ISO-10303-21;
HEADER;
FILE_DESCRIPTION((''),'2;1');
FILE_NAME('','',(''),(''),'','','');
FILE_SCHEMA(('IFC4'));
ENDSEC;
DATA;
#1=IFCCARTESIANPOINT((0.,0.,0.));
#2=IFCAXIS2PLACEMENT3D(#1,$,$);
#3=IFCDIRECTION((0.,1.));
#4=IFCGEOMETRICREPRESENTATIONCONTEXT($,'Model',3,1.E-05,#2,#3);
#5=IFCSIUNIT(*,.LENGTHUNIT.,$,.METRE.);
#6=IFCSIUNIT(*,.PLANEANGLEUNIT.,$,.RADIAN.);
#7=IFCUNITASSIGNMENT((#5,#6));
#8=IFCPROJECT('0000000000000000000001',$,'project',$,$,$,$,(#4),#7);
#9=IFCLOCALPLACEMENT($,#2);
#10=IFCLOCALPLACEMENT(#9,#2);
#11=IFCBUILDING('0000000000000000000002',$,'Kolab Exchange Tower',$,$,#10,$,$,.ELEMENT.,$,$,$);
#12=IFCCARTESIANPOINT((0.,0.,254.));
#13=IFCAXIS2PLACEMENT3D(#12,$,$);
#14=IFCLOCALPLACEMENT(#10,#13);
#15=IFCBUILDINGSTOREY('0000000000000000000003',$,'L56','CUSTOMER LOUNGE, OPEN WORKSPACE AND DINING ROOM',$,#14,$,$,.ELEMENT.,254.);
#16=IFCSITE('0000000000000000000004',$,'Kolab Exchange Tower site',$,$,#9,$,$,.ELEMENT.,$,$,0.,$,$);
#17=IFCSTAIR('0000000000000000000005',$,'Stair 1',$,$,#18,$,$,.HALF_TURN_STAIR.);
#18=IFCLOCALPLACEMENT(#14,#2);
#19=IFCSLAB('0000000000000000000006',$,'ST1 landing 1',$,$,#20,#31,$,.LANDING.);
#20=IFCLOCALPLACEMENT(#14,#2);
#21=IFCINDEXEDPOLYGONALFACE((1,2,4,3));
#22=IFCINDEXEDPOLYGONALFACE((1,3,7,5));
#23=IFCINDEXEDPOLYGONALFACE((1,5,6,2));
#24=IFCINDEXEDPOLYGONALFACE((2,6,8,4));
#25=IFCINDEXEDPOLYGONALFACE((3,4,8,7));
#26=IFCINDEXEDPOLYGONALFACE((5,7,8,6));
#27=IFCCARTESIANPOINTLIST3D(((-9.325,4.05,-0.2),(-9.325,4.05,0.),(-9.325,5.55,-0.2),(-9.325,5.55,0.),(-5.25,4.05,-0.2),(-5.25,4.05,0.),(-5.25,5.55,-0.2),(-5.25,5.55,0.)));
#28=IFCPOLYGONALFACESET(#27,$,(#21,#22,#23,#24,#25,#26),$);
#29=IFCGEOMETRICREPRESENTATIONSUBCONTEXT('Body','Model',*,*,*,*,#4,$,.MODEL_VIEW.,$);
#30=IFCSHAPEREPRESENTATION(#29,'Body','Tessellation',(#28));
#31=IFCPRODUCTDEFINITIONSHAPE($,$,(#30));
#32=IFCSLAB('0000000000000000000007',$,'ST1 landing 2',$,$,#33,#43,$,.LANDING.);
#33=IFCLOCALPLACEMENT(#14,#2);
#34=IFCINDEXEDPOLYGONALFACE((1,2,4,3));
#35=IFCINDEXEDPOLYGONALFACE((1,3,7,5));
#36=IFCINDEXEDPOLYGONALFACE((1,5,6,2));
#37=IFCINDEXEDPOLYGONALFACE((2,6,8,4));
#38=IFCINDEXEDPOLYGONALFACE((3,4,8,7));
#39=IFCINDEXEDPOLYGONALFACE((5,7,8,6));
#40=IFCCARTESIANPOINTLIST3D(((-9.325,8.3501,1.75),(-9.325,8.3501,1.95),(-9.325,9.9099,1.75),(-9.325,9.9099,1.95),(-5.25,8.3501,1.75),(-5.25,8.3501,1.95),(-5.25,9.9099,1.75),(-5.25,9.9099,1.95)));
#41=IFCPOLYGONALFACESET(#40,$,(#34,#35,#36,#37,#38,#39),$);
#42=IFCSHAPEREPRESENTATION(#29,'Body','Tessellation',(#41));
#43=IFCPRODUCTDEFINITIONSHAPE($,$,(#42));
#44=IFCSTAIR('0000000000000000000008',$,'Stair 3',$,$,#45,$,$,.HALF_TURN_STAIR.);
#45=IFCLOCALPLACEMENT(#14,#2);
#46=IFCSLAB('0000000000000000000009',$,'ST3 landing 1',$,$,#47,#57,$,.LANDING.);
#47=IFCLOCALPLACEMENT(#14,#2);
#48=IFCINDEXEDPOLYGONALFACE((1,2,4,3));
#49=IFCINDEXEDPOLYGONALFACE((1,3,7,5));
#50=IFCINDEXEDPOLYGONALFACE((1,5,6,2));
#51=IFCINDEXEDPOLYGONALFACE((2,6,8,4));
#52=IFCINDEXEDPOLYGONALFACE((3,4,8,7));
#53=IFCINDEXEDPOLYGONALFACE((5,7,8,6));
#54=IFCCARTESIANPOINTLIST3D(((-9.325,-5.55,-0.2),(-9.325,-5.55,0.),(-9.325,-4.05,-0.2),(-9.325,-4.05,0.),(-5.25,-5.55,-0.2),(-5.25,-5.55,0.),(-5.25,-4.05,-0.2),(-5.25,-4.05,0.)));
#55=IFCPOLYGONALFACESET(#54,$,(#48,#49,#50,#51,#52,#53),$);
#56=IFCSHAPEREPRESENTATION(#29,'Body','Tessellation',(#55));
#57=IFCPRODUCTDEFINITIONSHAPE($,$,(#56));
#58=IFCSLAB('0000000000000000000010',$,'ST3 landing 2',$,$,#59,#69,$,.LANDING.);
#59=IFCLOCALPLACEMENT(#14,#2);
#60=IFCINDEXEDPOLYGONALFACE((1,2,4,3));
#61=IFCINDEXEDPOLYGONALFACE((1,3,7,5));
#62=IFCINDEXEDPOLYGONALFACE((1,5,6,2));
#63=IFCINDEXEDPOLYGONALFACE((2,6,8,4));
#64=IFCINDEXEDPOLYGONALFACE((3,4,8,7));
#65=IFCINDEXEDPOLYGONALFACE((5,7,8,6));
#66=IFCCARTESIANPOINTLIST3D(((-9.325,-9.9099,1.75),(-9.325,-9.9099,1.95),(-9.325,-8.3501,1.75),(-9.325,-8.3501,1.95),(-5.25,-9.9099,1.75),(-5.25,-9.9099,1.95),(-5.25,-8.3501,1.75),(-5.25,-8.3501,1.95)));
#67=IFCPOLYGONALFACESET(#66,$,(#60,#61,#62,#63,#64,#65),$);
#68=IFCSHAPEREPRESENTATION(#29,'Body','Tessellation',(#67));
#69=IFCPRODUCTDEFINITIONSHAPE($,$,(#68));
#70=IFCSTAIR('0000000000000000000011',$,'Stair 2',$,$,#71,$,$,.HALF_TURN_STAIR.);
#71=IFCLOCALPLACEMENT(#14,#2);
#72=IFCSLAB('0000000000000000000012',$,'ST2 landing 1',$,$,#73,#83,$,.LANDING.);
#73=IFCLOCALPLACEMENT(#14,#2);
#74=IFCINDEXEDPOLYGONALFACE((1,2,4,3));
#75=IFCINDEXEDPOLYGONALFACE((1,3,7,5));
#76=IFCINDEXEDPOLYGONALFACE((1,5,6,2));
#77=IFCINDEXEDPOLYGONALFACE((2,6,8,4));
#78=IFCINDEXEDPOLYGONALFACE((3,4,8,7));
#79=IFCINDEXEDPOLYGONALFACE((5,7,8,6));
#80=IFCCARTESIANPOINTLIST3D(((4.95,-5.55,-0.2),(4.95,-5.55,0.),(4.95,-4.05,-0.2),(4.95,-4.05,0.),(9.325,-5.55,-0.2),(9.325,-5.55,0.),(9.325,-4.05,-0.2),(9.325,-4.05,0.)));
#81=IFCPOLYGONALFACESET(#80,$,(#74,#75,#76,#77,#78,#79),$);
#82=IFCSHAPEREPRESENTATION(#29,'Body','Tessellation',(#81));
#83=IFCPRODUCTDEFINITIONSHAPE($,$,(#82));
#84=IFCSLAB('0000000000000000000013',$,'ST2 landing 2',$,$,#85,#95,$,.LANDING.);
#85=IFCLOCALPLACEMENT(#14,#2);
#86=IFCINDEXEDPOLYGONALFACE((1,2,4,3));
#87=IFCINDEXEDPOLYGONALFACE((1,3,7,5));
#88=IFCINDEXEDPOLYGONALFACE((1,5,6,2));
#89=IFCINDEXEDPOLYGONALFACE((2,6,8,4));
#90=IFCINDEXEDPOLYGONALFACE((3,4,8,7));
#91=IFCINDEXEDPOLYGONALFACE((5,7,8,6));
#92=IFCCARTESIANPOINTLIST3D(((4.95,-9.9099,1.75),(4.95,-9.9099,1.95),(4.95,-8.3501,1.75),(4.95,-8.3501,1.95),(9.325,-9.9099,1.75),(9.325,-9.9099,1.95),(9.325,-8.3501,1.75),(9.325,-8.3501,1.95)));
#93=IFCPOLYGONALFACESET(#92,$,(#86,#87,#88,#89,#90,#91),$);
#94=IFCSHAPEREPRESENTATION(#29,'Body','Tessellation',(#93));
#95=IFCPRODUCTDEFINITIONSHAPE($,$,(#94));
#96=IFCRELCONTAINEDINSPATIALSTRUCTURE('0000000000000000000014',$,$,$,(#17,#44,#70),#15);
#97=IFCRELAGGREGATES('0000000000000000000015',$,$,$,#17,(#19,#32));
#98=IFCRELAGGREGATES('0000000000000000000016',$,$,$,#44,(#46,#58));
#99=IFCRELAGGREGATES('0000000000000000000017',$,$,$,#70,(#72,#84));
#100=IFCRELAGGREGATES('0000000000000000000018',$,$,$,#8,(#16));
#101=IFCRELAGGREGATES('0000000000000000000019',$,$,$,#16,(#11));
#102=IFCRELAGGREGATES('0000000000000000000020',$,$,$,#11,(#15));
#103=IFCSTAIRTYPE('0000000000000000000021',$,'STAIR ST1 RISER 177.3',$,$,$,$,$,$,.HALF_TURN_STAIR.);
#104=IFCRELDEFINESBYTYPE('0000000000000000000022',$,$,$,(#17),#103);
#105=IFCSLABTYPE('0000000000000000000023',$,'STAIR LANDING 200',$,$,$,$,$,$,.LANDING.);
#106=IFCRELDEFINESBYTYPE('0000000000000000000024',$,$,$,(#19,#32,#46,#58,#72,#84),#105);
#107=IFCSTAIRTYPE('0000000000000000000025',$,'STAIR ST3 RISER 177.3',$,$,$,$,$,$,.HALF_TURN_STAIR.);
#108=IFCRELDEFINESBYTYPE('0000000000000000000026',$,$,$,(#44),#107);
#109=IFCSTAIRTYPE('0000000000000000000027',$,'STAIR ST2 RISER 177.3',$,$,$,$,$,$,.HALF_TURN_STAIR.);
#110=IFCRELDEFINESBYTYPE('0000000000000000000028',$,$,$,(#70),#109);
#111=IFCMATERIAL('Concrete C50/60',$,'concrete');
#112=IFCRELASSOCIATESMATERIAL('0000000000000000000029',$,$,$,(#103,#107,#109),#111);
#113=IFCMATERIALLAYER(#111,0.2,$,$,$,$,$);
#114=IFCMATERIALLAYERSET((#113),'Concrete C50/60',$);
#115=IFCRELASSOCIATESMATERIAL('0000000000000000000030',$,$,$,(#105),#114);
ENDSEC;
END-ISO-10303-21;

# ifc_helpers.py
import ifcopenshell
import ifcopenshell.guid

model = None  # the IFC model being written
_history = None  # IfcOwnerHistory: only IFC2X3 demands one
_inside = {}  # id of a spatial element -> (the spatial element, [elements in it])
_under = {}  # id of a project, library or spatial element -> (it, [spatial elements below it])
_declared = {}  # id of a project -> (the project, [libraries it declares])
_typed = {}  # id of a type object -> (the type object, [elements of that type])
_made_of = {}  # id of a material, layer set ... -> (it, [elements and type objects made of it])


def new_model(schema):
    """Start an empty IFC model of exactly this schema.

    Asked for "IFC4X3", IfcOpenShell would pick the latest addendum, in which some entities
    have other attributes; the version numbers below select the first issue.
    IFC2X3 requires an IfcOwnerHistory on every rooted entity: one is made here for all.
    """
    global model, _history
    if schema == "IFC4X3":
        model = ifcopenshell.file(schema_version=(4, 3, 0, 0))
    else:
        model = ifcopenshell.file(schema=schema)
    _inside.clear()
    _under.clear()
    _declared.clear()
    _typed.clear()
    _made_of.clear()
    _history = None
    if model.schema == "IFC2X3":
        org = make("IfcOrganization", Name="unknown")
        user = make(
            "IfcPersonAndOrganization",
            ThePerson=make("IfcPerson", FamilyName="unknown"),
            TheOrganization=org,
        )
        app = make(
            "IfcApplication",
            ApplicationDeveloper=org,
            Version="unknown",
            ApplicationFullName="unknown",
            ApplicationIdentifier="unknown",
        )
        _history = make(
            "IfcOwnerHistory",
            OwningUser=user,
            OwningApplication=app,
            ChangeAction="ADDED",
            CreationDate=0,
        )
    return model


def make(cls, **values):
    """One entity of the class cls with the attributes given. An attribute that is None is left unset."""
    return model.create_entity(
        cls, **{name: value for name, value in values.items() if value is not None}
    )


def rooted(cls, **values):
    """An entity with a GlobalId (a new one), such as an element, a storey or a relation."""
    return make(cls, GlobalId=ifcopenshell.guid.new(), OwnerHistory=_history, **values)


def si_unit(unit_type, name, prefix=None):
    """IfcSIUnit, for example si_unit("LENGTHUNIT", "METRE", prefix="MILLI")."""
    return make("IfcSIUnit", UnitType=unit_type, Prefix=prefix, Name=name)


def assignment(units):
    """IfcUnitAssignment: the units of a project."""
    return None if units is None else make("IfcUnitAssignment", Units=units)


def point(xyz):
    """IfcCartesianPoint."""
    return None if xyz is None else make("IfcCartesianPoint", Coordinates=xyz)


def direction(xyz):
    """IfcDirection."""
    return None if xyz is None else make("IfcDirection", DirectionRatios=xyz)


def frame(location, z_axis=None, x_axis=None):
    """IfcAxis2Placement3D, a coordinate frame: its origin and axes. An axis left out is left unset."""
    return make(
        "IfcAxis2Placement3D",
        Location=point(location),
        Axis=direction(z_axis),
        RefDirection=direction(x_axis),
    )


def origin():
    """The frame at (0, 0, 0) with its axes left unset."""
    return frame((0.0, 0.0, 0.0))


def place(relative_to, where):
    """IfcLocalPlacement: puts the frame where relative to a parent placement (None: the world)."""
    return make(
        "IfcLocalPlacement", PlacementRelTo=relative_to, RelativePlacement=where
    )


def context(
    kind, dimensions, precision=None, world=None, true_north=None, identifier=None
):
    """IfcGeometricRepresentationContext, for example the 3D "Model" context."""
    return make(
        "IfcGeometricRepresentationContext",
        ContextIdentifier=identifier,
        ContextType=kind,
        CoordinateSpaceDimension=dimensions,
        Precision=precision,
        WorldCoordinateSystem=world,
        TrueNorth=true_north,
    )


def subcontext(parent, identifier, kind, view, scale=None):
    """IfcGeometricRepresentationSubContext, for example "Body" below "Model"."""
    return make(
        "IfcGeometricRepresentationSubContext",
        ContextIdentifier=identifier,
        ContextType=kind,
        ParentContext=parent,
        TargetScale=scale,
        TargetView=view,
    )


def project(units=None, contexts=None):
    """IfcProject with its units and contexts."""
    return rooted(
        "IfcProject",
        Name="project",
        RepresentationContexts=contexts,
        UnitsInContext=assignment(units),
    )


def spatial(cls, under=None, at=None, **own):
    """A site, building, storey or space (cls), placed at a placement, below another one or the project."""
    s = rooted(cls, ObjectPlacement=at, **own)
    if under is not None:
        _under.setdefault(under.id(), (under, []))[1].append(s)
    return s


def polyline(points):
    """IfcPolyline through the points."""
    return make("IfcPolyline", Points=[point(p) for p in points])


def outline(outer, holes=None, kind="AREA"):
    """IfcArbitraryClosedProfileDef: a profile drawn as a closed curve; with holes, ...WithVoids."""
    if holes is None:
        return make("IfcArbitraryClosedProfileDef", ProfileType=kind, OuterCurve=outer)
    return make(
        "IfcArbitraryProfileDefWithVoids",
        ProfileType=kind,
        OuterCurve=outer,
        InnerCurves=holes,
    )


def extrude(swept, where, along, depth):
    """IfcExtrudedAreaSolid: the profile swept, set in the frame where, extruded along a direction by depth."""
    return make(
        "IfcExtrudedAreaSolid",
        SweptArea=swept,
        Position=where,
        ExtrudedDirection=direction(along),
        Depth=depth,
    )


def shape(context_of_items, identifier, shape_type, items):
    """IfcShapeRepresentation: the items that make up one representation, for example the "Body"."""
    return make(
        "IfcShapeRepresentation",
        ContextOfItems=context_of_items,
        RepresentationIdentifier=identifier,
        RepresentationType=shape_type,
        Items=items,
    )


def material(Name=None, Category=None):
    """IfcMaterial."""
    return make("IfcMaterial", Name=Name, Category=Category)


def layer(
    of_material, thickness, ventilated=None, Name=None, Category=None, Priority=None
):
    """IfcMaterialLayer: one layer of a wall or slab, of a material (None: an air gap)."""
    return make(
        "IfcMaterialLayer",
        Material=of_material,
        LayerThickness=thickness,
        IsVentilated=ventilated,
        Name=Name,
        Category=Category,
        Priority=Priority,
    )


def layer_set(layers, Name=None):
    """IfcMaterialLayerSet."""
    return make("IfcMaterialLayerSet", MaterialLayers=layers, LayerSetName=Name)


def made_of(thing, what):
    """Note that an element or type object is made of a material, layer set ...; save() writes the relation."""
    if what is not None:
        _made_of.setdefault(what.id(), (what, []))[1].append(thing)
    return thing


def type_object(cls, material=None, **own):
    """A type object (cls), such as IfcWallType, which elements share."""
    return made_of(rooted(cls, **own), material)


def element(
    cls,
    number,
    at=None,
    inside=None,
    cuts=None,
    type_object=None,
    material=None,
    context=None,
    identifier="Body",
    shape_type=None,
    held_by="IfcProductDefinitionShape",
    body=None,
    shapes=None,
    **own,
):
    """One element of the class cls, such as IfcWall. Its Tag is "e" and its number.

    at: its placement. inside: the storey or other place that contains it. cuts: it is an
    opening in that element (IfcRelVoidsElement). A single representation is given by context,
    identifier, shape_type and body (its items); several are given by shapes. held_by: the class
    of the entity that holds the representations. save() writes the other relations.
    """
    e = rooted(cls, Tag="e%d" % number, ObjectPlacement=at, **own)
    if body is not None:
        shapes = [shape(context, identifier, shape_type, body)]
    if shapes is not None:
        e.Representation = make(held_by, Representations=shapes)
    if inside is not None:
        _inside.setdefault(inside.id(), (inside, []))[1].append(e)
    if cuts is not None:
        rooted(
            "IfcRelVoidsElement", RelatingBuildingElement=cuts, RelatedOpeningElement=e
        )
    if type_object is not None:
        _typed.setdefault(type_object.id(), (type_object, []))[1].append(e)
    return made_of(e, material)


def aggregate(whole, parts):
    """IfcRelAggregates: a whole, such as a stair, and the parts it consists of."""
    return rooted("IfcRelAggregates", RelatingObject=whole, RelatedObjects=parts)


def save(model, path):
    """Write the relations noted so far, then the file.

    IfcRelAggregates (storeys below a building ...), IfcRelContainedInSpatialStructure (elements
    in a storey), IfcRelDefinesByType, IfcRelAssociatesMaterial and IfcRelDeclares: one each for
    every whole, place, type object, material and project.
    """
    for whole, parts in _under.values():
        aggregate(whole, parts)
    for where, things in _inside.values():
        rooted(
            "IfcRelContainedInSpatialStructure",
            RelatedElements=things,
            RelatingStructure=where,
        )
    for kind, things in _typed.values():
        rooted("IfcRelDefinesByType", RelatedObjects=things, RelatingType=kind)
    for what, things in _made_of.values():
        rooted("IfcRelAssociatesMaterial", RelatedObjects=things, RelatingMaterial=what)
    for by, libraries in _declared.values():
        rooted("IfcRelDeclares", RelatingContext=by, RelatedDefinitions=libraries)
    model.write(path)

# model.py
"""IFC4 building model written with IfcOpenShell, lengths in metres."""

from ifc_helpers import new_model, si_unit, direction, frame, origin, place, context, subcontext, project, spatial, polyline, outline, extrude, material, layer, layer_set, type_object, element, aggregate, save


model = new_model("IFC4")

# Units and contexts
model_context = context("Model", 3, precision=1e-05, world=origin(), true_north=direction((0.0, 1.0)))
body_context = subcontext(model_context, "Body", "Model", "MODEL_VIEW")
ifc_project = project(units=[si_unit("LENGTHUNIT", "METRE"), si_unit("PLANEANGLEUNIT", "RADIAN")], contexts=[model_context])

# Site, building, storey
site_placement = place(None, origin())
site = spatial("IfcSite", under=ifc_project, at=site_placement, Name="Kolab Exchange Tower site", CompositionType="ELEMENT", RefElevation=0.0)
building_placement = place(site_placement, origin())
building = spatial("IfcBuilding", under=site, at=building_placement, Name="Kolab Exchange Tower", CompositionType="ELEMENT")
storey_placement = place(building_placement, frame((0.0, 0.0, 254.0)))
storey = spatial("IfcBuildingStorey", under=building, at=storey_placement, Name="L56", Description="CUSTOMER LOUNGE, OPEN WORKSPACE AND DINING ROOM", CompositionType="ELEMENT", Elevation=254.0)

# Stairs, slabs
ifc_material_1 = material(Name="Concrete C50/60", Category="concrete")
stair_type_1 = type_object("IfcStairType", Name="STAIR ST1 RISER 177.3", PredefinedType="HALF_TURN_STAIR", material=ifc_material_1)
stair_1_placement = place(storey_placement, origin())
stair_1 = element("IfcStair", 1, at=stair_1_placement, inside=storey, type_object=stair_type_1, Name="Stair 1", PredefinedType="HALF_TURN_STAIR")
ifc_layer_1 = layer(ifc_material_1, 0.2)
ifc_layer_set_1 = layer_set([ifc_layer_1], Name="Concrete C50/60")
slab_type_1 = type_object("IfcSlabType", Name="STAIR LANDING 200", PredefinedType="LANDING", material=ifc_layer_set_1)
slab_1_placement = place(storey_placement, frame((0.0, 0.0, -0.2)))
slab_1 = element("IfcSlab", 2, at=slab_1_placement, type_object=slab_type_1, Name="ST1 landing 1", PredefinedType="LANDING", context=body_context, shape_type="SweptSolid", body=[
    extrude(outline(polyline([(-9.325, 4.05), (-5.25, 4.05), (-5.25, 5.55), (-9.325, 5.55), (-9.325, 4.05)])), origin(), (0.0, 0.0, 1.0), 0.2),
])
slab_2_placement = place(storey_placement, frame((0.0, 0.0, 1.75)))
slab_2 = element("IfcSlab", 3, at=slab_2_placement, type_object=slab_type_1, Name="ST1 landing 2", PredefinedType="LANDING", context=body_context, shape_type="SweptSolid", body=[
    extrude(outline(polyline([(-9.325, 8.3501), (-5.25, 8.3501), (-5.25, 9.9099), (-9.325, 9.9099), (-9.325, 8.3501)])), origin(), (0.0, 0.0, 1.0), 0.2),
])
aggregate(stair_1, [slab_1, slab_2])
stair_type_2 = type_object("IfcStairType", Name="STAIR ST3 RISER 177.3", PredefinedType="HALF_TURN_STAIR", material=ifc_material_1)
stair_2_placement = place(storey_placement, origin())
stair_2 = element("IfcStair", 4, at=stair_2_placement, inside=storey, type_object=stair_type_2, Name="Stair 3", PredefinedType="HALF_TURN_STAIR")
slab_3_placement = place(storey_placement, frame((0.0, 0.0, -0.2)))
slab_3 = element("IfcSlab", 5, at=slab_3_placement, type_object=slab_type_1, Name="ST3 landing 1", PredefinedType="LANDING", context=body_context, shape_type="SweptSolid", body=[
    extrude(outline(polyline([(-9.325, -5.55), (-5.25, -5.55), (-5.25, -4.05), (-9.325, -4.05), (-9.325, -5.55)])), origin(), (0.0, 0.0, 1.0), 0.2),
])
slab_4_placement = place(storey_placement, frame((0.0, 0.0, 1.75)))
slab_4 = element("IfcSlab", 6, at=slab_4_placement, type_object=slab_type_1, Name="ST3 landing 2", PredefinedType="LANDING", context=body_context, shape_type="SweptSolid", body=[
    extrude(outline(polyline([(-9.325, -9.9099), (-5.25, -9.9099), (-5.25, -8.3501), (-9.325, -8.3501), (-9.325, -9.9099)])), origin(), (0.0, 0.0, 1.0), 0.2),
])
aggregate(stair_2, [slab_3, slab_4])
stair_type_3 = type_object("IfcStairType", Name="STAIR ST2 RISER 177.3", PredefinedType="HALF_TURN_STAIR", material=ifc_material_1)
stair_3_placement = place(storey_placement, origin())
stair_3 = element("IfcStair", 7, at=stair_3_placement, inside=storey, type_object=stair_type_3, Name="Stair 2", PredefinedType="HALF_TURN_STAIR")
slab_5_placement = place(storey_placement, frame((0.0, 0.0, -0.2)))
slab_5 = element("IfcSlab", 8, at=slab_5_placement, type_object=slab_type_1, Name="ST2 landing 1", PredefinedType="LANDING", context=body_context, shape_type="SweptSolid", body=[
    extrude(outline(polyline([(4.95, -5.55), (9.325, -5.55), (9.325, -4.05), (4.95, -4.05), (4.95, -5.55)])), origin(), (0.0, 0.0, 1.0), 0.2),
])
slab_6_placement = place(storey_placement, frame((0.0, 0.0, 1.75)))
slab_6 = element("IfcSlab", 9, at=slab_6_placement, type_object=slab_type_1, Name="ST2 landing 2", PredefinedType="LANDING", context=body_context, shape_type="SweptSolid", body=[
    extrude(outline(polyline([(4.95, -9.9099), (9.325, -9.9099), (9.325, -8.3501), (4.95, -8.3501), (4.95, -9.9099)])), origin(), (0.0, 0.0, 1.0), 0.2),
])
aggregate(stair_3, [slab_5, slab_6])

save(model, "model.ifc")
